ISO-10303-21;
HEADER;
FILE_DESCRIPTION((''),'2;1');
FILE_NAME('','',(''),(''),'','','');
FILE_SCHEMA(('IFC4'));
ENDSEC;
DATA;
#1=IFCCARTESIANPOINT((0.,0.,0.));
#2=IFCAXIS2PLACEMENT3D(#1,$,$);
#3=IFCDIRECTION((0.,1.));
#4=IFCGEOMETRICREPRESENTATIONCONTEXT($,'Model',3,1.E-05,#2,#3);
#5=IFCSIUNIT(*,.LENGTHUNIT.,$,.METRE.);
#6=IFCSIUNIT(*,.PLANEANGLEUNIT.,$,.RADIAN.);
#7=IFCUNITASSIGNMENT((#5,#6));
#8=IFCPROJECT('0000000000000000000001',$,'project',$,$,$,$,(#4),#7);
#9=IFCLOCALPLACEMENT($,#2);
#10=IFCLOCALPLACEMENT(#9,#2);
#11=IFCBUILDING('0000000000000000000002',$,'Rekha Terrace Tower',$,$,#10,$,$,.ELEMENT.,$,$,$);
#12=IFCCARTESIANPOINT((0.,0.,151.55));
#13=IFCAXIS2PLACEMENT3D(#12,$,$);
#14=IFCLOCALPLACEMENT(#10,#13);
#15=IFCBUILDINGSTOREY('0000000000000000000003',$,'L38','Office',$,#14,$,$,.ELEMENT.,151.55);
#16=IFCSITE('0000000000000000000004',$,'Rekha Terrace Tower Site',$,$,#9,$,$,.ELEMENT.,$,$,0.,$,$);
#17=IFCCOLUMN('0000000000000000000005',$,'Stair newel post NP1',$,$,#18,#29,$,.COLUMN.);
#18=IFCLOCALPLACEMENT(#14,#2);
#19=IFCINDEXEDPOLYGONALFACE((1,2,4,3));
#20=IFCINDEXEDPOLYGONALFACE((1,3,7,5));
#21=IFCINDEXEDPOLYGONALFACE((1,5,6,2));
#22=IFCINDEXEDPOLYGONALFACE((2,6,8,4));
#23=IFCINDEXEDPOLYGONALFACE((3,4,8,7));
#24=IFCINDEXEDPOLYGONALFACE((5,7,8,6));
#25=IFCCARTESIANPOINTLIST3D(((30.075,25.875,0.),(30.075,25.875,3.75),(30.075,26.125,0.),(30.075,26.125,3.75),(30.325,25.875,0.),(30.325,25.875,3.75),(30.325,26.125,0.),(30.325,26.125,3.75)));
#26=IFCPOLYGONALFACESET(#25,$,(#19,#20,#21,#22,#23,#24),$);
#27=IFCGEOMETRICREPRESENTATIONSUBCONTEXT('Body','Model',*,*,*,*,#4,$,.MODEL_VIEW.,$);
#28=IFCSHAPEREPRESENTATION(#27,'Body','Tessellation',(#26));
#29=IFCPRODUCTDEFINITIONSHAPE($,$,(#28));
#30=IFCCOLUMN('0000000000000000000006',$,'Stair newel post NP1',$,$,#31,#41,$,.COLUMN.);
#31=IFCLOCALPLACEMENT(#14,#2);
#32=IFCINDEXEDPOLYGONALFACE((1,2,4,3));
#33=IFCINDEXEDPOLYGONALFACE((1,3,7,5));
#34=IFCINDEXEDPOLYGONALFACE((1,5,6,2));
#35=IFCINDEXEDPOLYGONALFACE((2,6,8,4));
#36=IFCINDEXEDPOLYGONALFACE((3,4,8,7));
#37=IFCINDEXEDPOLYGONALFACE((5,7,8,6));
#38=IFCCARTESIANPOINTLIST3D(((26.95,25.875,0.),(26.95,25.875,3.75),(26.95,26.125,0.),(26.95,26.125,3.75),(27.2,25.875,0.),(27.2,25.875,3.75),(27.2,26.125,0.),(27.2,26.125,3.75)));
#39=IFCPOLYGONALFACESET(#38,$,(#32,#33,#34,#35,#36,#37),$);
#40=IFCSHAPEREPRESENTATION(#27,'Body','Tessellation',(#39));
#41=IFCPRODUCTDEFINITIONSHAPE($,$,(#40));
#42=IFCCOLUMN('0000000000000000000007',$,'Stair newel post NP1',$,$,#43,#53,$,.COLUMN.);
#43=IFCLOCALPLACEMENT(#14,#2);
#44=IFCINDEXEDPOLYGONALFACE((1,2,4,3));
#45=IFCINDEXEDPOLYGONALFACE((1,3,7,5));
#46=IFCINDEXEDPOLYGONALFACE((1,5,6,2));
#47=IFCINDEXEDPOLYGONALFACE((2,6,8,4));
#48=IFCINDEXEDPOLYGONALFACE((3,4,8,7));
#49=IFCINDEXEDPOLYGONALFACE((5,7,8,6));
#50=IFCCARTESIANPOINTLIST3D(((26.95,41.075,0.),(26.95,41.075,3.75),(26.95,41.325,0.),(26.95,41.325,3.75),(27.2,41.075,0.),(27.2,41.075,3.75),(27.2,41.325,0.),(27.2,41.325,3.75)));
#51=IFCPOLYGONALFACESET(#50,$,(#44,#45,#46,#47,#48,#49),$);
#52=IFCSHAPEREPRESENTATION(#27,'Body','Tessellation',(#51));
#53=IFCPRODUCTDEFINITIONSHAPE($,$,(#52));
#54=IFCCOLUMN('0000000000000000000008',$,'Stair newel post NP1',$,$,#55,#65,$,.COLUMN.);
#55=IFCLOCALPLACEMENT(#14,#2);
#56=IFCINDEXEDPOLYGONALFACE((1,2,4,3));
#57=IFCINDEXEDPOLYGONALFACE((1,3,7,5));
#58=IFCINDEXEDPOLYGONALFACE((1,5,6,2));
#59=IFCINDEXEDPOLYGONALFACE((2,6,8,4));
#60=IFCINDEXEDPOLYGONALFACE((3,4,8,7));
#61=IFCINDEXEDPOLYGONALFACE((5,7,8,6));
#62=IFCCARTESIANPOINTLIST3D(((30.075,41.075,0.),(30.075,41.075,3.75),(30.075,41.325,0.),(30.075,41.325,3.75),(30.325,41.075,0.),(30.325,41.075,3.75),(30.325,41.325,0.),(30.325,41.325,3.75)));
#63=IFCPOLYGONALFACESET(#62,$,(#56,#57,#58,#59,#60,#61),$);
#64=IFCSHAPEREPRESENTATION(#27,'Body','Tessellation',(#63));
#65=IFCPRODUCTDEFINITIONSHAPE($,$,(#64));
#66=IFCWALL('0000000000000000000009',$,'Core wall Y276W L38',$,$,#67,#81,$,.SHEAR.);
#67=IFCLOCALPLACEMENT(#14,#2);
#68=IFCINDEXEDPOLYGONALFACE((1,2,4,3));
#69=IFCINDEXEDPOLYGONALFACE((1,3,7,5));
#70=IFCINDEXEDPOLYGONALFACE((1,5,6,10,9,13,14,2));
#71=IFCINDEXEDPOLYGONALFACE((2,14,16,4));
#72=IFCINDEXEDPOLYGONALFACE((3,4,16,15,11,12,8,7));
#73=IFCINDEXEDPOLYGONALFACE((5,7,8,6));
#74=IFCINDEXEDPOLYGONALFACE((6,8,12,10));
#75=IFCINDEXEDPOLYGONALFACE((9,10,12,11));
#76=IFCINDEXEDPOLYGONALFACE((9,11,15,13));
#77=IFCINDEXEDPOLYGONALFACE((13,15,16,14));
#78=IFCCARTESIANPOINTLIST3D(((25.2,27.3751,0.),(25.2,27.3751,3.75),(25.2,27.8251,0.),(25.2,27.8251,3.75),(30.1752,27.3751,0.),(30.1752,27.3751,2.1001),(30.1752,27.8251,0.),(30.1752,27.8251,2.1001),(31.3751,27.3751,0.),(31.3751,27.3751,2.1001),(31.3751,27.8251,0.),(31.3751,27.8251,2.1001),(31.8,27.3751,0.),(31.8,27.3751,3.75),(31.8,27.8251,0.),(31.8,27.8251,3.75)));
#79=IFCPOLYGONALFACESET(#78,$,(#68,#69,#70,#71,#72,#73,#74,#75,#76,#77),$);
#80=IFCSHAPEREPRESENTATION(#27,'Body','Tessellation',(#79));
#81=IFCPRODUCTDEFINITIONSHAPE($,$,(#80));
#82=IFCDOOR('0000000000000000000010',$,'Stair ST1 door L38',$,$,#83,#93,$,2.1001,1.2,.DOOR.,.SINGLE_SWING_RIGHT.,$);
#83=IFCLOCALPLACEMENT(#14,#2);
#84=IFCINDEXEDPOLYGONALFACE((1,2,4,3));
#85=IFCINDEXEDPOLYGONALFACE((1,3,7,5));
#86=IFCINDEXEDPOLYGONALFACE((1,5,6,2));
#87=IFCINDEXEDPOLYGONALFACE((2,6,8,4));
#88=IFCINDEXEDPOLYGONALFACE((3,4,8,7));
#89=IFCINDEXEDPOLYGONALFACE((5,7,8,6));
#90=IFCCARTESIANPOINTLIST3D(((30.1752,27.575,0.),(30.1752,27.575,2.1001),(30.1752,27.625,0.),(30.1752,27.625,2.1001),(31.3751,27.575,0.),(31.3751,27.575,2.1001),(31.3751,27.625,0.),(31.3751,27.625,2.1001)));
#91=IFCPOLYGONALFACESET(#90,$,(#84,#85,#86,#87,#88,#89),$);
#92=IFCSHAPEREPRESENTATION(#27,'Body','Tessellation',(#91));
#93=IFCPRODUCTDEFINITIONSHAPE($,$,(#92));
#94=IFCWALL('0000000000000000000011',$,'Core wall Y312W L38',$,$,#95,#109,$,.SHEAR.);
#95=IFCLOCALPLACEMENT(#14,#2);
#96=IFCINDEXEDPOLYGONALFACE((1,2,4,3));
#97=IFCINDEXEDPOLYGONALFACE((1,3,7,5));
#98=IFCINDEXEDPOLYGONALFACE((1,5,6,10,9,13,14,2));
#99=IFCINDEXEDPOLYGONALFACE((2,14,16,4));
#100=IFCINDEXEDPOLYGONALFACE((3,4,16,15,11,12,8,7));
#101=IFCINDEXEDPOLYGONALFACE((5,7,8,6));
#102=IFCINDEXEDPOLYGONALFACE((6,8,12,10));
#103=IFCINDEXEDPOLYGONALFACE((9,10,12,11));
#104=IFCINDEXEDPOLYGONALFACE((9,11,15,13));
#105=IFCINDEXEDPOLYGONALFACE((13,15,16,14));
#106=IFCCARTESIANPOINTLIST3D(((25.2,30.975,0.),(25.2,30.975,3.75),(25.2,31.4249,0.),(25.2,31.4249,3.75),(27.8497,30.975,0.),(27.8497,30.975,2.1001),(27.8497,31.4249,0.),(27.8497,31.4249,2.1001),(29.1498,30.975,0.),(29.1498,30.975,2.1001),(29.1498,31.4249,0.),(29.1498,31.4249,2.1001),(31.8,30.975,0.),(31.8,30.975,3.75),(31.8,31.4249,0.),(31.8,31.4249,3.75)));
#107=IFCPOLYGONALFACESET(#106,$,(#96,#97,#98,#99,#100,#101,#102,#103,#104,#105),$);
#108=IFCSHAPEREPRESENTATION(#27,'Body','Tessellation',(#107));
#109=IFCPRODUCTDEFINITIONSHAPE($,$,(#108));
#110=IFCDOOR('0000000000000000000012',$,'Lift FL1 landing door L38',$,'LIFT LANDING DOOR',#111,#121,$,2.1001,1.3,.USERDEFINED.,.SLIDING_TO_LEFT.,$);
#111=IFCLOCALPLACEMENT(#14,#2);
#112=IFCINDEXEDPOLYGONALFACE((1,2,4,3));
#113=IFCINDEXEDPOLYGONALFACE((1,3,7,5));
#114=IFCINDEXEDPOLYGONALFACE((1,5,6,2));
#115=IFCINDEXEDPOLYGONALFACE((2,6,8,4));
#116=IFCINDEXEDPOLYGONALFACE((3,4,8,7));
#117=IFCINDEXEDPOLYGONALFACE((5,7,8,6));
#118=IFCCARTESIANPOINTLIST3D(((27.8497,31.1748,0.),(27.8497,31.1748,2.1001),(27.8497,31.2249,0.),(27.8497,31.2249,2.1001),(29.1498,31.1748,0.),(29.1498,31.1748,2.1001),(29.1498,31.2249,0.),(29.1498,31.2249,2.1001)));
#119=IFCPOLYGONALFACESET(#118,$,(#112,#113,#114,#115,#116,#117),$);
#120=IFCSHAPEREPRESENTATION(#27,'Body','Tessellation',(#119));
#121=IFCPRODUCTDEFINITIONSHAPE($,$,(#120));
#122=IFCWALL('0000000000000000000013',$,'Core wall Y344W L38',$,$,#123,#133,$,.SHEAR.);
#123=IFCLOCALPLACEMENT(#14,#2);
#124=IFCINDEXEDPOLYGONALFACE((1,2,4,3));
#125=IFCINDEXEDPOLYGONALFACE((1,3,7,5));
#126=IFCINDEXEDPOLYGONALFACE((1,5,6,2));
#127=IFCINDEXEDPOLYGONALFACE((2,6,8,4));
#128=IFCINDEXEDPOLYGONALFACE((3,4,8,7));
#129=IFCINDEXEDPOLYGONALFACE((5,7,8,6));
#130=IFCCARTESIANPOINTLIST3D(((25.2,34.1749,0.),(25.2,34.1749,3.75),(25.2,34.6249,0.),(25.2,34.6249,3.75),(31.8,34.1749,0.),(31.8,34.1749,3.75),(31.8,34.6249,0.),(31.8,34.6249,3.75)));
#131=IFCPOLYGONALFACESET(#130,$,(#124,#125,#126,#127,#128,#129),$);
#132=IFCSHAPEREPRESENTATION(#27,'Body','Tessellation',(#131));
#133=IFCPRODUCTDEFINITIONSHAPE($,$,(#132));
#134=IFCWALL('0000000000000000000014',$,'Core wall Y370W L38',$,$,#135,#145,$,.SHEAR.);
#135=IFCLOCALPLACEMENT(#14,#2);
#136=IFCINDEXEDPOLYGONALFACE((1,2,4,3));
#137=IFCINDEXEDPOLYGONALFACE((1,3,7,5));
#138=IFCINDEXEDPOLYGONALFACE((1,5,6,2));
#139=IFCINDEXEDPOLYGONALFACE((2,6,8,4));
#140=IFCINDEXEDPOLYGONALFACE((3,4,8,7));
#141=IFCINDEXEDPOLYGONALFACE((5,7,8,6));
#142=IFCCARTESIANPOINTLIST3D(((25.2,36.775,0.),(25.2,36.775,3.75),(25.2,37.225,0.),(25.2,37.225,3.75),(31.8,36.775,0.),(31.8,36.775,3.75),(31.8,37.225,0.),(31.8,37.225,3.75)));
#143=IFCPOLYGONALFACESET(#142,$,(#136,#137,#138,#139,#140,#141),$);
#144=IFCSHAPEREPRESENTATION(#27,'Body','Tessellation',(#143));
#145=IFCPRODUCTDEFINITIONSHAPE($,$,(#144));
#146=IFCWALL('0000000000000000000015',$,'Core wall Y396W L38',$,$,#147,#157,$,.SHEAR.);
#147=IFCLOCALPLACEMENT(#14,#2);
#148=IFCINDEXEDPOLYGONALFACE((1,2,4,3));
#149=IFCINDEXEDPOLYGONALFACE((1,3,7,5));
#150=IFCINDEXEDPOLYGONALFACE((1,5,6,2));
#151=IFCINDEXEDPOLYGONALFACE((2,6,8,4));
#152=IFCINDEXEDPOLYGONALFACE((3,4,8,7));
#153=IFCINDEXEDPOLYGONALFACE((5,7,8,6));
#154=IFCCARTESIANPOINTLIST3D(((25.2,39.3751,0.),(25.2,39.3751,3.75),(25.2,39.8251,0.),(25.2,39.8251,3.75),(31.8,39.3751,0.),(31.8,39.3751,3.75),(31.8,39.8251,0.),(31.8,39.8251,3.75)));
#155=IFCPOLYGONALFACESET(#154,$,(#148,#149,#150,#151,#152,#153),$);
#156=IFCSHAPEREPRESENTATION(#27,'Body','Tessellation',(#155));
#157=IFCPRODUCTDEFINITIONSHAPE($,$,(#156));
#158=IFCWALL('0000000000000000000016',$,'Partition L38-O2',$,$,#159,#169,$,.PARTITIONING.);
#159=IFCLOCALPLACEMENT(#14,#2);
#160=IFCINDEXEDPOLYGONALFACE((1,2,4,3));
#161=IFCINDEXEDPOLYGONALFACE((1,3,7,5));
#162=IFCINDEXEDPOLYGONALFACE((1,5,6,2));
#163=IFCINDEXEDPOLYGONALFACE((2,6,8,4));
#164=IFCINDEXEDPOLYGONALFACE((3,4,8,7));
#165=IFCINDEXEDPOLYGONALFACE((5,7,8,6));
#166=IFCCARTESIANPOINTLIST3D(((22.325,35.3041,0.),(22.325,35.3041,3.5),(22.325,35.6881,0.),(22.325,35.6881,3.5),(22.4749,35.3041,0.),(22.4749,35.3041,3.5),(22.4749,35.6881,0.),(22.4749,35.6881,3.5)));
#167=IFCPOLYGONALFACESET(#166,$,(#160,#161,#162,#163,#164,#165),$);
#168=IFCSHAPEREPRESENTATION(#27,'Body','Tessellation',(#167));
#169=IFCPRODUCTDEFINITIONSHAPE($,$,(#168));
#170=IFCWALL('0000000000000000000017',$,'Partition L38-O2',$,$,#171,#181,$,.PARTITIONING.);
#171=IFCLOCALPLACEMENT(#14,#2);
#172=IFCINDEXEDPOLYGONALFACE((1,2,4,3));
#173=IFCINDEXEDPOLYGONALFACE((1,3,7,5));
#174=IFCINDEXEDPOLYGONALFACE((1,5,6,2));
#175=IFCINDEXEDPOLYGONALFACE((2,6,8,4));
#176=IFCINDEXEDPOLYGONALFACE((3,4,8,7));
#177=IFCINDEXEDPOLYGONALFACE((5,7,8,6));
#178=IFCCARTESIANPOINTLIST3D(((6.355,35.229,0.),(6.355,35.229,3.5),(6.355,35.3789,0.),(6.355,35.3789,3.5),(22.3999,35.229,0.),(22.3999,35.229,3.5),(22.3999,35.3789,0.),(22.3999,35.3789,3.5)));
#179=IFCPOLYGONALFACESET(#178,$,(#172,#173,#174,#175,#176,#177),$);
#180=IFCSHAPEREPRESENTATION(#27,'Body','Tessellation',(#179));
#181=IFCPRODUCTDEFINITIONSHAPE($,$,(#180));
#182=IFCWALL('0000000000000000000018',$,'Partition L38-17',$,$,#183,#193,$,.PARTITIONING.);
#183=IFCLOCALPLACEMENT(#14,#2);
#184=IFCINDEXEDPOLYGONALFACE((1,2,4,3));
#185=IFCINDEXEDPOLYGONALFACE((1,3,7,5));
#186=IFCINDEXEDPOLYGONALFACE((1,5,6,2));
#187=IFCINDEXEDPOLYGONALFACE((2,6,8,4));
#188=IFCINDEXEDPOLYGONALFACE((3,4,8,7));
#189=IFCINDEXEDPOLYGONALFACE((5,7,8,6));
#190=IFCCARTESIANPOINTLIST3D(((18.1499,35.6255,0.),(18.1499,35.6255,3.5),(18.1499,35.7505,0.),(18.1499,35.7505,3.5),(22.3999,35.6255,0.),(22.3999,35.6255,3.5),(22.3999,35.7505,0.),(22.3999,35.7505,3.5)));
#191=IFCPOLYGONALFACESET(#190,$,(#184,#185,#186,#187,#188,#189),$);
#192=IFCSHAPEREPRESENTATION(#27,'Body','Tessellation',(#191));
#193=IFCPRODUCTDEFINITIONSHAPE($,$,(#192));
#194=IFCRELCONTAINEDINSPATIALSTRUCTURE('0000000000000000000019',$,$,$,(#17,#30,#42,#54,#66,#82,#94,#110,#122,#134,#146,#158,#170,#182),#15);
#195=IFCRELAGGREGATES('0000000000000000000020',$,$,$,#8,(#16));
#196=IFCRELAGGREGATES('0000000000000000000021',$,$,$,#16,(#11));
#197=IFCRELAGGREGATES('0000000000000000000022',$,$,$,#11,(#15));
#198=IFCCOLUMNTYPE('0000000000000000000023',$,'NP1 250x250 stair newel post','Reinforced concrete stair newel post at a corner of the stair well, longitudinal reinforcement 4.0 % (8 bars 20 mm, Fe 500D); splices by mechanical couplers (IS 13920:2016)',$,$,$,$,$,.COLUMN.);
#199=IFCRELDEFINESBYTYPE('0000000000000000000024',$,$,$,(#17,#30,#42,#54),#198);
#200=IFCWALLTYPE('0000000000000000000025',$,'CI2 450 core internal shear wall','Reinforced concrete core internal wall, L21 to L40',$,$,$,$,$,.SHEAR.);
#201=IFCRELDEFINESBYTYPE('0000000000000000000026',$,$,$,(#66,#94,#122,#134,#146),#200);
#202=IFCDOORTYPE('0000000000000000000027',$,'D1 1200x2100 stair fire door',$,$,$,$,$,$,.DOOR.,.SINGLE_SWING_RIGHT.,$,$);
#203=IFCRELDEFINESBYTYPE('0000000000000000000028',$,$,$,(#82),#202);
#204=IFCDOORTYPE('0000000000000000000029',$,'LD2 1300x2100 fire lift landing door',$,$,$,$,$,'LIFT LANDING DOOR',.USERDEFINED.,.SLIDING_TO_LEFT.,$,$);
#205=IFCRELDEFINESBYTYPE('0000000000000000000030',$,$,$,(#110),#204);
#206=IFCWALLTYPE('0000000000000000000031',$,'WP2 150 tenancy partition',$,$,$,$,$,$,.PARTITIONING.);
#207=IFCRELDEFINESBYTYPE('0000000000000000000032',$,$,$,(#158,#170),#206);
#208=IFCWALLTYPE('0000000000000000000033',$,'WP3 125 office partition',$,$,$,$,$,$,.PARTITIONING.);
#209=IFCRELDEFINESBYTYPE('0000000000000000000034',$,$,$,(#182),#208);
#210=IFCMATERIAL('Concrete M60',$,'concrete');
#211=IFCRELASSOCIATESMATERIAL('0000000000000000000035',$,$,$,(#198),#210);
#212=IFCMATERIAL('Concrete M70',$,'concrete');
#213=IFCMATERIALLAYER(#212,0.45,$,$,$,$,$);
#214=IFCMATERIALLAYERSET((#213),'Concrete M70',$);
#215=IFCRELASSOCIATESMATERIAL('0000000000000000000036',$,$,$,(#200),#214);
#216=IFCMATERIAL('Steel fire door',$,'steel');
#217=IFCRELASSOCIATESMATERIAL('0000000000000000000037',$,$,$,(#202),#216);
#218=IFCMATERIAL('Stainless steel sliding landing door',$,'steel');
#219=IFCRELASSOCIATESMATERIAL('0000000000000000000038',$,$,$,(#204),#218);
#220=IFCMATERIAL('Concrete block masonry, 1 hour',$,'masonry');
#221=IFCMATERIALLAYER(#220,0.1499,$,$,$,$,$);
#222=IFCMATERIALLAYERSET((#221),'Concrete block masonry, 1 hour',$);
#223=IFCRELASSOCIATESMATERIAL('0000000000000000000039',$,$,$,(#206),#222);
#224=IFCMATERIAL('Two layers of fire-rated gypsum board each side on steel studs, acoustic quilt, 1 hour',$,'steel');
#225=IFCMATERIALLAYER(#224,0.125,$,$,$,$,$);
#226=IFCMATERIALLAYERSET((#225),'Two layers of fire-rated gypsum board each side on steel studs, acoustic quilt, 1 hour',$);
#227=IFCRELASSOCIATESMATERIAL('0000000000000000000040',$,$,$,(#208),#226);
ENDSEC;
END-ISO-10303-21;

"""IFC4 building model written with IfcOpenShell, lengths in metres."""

from ifc_helpers import new_model, si_unit, direction, frame, frame_2d, origin, origin_2d, place, context, subcontext, project, spatial, rectangle, extrude, material, layer, layer_set, material_profile, profile_set, type_object, element, fill, save


model = new_model("IFC4")

# Units and contexts
model_context = context("Model", 3, precision=1e-05, world=origin(), true_north=direction((0.0, 1.0)))
body_context = subcontext(model_context, "Body", "Model", "MODEL_VIEW")
ifc_project = project(units=[si_unit("LENGTHUNIT", "METRE"), si_unit("PLANEANGLEUNIT", "RADIAN")], contexts=[model_context])

# Site, building, storey
site_placement = place(None, origin())
site = spatial("IfcSite", under=ifc_project, at=site_placement, Name="Rekha Terrace Tower Site", CompositionType="ELEMENT", RefElevation=0.0)
building_placement = place(site_placement, origin())
building = spatial("IfcBuilding", under=site, at=building_placement, Name="Rekha Terrace Tower", CompositionType="ELEMENT")
storey_placement = place(building_placement, frame((0.0, 0.0, 151.55)))
storey = spatial("IfcBuildingStorey", under=building, at=storey_placement, Name="L38", Description="Office", CompositionType="ELEMENT", Elevation=151.55)

# Columns
ifc_material_1 = material(Name="Concrete M60", Category="concrete")
ifc_material_profile = material_profile(ifc_material_1, rectangle(XDim=0.25, YDim=0.25, at=origin_2d()), Name="RC 250x250")
ifc_profile_set = profile_set([ifc_material_profile], Name="Concrete M60")
column_type = type_object("IfcColumnType", Name="NP1 250x250 stair newel post", Description="Reinforced concrete stair newel post at a corner of the stair well, longitudinal reinforcement 4.0 % (8 bars 20 mm, Fe 500D); splices by mechanical couplers (IS 13920:2016)", PredefinedType="COLUMN", material=ifc_profile_set)
for number, where, z_axis, x_axis, name in (
    (1, (30.2, 26.0, 0.0), (0.0, 0.0, 1.0), (1.0, 0.0, 0.0), "Stair newel post NP1"),
    (2, (27.075, 26.0, 0.0), (0.0, 0.0, 1.0), (1.0, 0.0, 0.0), "Stair newel post NP1"),
    (3, (27.075, 41.2, 0.0), (0.0, 0.0, 1.0), (1.0, 0.0, 0.0), "Stair newel post NP1"),
    (4, (30.2, 41.2, 0.0), (0.0, 0.0, 1.0), (1.0, 0.0, 0.0), "Stair newel post NP1"),
):
    element("IfcColumn", number, at=place(storey_placement, frame(where, z_axis=z_axis, x_axis=x_axis)), inside=storey, type_object=column_type, Name=name, PredefinedType="COLUMN", context=body_context, shape_type="SweptSolid", body=[
        extrude(rectangle(XDim=0.25, YDim=0.25, at=origin_2d()), origin(), (0.0, 0.0, 1.0), 3.75),
    ])

# Walls, openings, doors
ifc_material_2 = material(Name="Concrete M70", Category="concrete")
ifc_layer_1 = layer(ifc_material_2, 0.45)
ifc_layer_set_1 = layer_set([ifc_layer_1], Name="Concrete M70")
wall_type_1 = type_object("IfcWallType", Name="CI2 450 core internal shear wall", Description="Reinforced concrete core internal wall, L21 to L40", PredefinedType="SHEAR", material=ifc_layer_set_1)
wall_1_placement = place(storey_placement, frame((25.2, 27.6001, 0.0), z_axis=(0.0, 0.0, 1.0), x_axis=(1.0, 0.0, 0.0)))
wall_1 = element("IfcWall", 5, at=wall_1_placement, inside=storey, type_object=wall_type_1, Name="Core wall Y276W L38", PredefinedType="SHEAR", context=body_context, shape_type="SweptSolid", body=[
    extrude(rectangle(XDim=6.6001, YDim=0.45, at=frame_2d((3.3, 0.0))), origin(), (0.0, 0.0, 1.0), 3.75),
])
opening_1_placement = place(wall_1_placement, frame((4.9751, 0.0, 0.0)))
opening_1 = element("IfcOpeningElement", 6, at=opening_1_placement, cuts=wall_1, PredefinedType="OPENING", context=body_context, shape_type="SweptSolid", body=[
    extrude(rectangle(XDim=1.2, YDim=2.1001, at=frame_2d((0.6001, 1.05))), frame((0.0, 0.2349, 0.0), z_axis=(0.0, -1.0, 0.0), x_axis=(1.0, 0.0, 0.0)), (0.0, 0.0, 1.0), 0.47),
])
ifc_material_3 = material(Name="Steel fire door", Category="steel")
door_type_1 = type_object("IfcDoorType", Name="D1 1200x2100 stair fire door", OperationType="SINGLE_SWING_RIGHT", PredefinedType="DOOR", material=ifc_material_3)
door_1_placement = place(opening_1_placement, origin())
door_1 = element("IfcDoor", 7, at=door_1_placement, inside=storey, type_object=door_type_1, Name="Stair ST1 door L38", OperationType="SINGLE_SWING_RIGHT", OverallHeight=2.1001, OverallWidth=1.2, PredefinedType="DOOR", context=body_context, shape_type="SweptSolid", body=[
    extrude(rectangle(XDim=1.2, YDim=2.1001, at=frame_2d((0.6001, 1.05))), frame((0.0, 0.0249, 0.0), z_axis=(0.0, -1.0, 0.0), x_axis=(1.0, 0.0, 0.0)), (0.0, 0.0, 1.0), 0.05),
])
fill(opening_1, door_1)
wall_2_placement = place(storey_placement, frame((25.2, 31.2, 0.0), z_axis=(0.0, 0.0, 1.0), x_axis=(1.0, 0.0, 0.0)))
wall_2 = element("IfcWall", 8, at=wall_2_placement, inside=storey, type_object=wall_type_1, Name="Core wall Y312W L38", PredefinedType="SHEAR", context=body_context, shape_type="SweptSolid", body=[
    extrude(rectangle(XDim=6.6001, YDim=0.45, at=frame_2d((3.3, 0.0))), origin(), (0.0, 0.0, 1.0), 3.75),
])
opening_2_placement = place(wall_2_placement, frame((2.6499, 0.0, 0.0)))
opening_2 = element("IfcOpeningElement", 9, at=opening_2_placement, cuts=wall_2, PredefinedType="OPENING", context=body_context, shape_type="SweptSolid", body=[
    extrude(rectangle(XDim=1.3, YDim=2.1001, at=frame_2d((0.6499, 1.05))), frame((0.0, 0.2349, 0.0), z_axis=(0.0, -1.0, 0.0), x_axis=(1.0, 0.0, 0.0)), (0.0, 0.0, 1.0), 0.47),
])
ifc_material_4 = material(Name="Stainless steel sliding landing door", Category="steel")
door_type_2 = type_object("IfcDoorType", Name="LD2 1300x2100 fire lift landing door", ElementType="LIFT LANDING DOOR", OperationType="SLIDING_TO_LEFT", PredefinedType="USERDEFINED", material=ifc_material_4)
door_2_placement = place(opening_2_placement, origin())
door_2 = element("IfcDoor", 10, at=door_2_placement, inside=storey, type_object=door_type_2, Name="Lift FL1 landing door L38", ObjectType="LIFT LANDING DOOR", OperationType="SLIDING_TO_LEFT", OverallHeight=2.1001, OverallWidth=1.3, PredefinedType="USERDEFINED", context=body_context, shape_type="SweptSolid", body=[
    extrude(rectangle(XDim=1.3, YDim=2.1001, at=frame_2d((0.6499, 1.05))), frame((0.0, 0.0249, 0.0), z_axis=(0.0, -1.0, 0.0), x_axis=(1.0, 0.0, 0.0)), (0.0, 0.0, 1.0), 0.05),
])
fill(opening_2, door_2)

# Walls
for number, where, z_axis, x_axis, name in (
    (11, (25.2, 34.3999, 0.0), (0.0, 0.0, 1.0), (1.0, 0.0, 0.0), "Core wall Y344W L38"),
    (12, (25.2, 37.0, 0.0), (0.0, 0.0, 1.0), (1.0, 0.0, 0.0), "Core wall Y370W L38"),
    (13, (25.2, 39.6001, 0.0), (0.0, 0.0, 1.0), (1.0, 0.0, 0.0), "Core wall Y396W L38"),
):
    element("IfcWall", number, at=place(storey_placement, frame(where, z_axis=z_axis, x_axis=x_axis)), inside=storey, type_object=wall_type_1, Name=name, PredefinedType="SHEAR", context=body_context, shape_type="SweptSolid", body=[
        extrude(rectangle(XDim=6.6001, YDim=0.45, at=frame_2d((3.3, 0.0))), origin(), (0.0, 0.0, 1.0), 3.75),
    ])
ifc_material_5 = material(Name="Concrete block masonry, 1 hour", Category="masonry")
ifc_layer_2 = layer(ifc_material_5, 0.1499)
ifc_layer_set_2 = layer_set([ifc_layer_2], Name="Concrete block masonry, 1 hour")
wall_type_2 = type_object("IfcWallType", Name="WP2 150 tenancy partition", PredefinedType="PARTITIONING", material=ifc_layer_set_2)
wall_3_placement = place(storey_placement, frame((22.3999, 35.688, 0.0), z_axis=(0.0, 0.0, 1.0), x_axis=(0.0, -1.0, 0.0)))
element("IfcWall", 14, at=wall_3_placement, inside=storey, type_object=wall_type_2, Name="Partition L38-O2", PredefinedType="PARTITIONING", context=body_context, shape_type="SweptSolid", body=[
    extrude(rectangle(XDim=0.384, YDim=0.1499, at=frame_2d((0.1919, 0.0))), origin(), (0.0, 0.0, 1.0), 3.5),
])
wall_4_placement = place(storey_placement, frame((22.3999, 35.304, 0.0), z_axis=(0.0, 0.0, 1.0), x_axis=(-1.0, 0.0, 0.0)))
element("IfcWall", 15, at=wall_4_placement, inside=storey, type_object=wall_type_2, Name="Partition L38-O2", PredefinedType="PARTITIONING", context=body_context, shape_type="SweptSolid", body=[
    extrude(rectangle(XDim=16.0449, YDim=0.1499, at=frame_2d((8.0225, 0.0))), origin(), (0.0, 0.0, 1.0), 3.5),
])
ifc_material_6 = material(Name="Two layers of fire-rated gypsum board each side on steel studs, acoustic quilt, 1 hour", Category="steel")
ifc_layer_3 = layer(ifc_material_6, 0.125)
ifc_layer_set_3 = layer_set([ifc_layer_3], Name="Two layers of fire-rated gypsum board each side on steel studs, acoustic quilt, 1 hour")
wall_type_3 = type_object("IfcWallType", Name="WP3 125 office partition", PredefinedType="PARTITIONING", material=ifc_layer_set_3)
wall_5_placement = place(storey_placement, frame((22.3999, 35.688, 0.0), z_axis=(0.0, 0.0, 1.0), x_axis=(-1.0, 0.0, 0.0)))
element("IfcWall", 16, at=wall_5_placement, inside=storey, type_object=wall_type_3, Name="Partition L38-17", PredefinedType="PARTITIONING", context=body_context, shape_type="SweptSolid", body=[
    extrude(rectangle(XDim=4.25, YDim=0.125, at=frame_2d((2.125, 0.0))), origin(), (0.0, 0.0, 1.0), 3.5),
])

save(model, "model.ifc")
